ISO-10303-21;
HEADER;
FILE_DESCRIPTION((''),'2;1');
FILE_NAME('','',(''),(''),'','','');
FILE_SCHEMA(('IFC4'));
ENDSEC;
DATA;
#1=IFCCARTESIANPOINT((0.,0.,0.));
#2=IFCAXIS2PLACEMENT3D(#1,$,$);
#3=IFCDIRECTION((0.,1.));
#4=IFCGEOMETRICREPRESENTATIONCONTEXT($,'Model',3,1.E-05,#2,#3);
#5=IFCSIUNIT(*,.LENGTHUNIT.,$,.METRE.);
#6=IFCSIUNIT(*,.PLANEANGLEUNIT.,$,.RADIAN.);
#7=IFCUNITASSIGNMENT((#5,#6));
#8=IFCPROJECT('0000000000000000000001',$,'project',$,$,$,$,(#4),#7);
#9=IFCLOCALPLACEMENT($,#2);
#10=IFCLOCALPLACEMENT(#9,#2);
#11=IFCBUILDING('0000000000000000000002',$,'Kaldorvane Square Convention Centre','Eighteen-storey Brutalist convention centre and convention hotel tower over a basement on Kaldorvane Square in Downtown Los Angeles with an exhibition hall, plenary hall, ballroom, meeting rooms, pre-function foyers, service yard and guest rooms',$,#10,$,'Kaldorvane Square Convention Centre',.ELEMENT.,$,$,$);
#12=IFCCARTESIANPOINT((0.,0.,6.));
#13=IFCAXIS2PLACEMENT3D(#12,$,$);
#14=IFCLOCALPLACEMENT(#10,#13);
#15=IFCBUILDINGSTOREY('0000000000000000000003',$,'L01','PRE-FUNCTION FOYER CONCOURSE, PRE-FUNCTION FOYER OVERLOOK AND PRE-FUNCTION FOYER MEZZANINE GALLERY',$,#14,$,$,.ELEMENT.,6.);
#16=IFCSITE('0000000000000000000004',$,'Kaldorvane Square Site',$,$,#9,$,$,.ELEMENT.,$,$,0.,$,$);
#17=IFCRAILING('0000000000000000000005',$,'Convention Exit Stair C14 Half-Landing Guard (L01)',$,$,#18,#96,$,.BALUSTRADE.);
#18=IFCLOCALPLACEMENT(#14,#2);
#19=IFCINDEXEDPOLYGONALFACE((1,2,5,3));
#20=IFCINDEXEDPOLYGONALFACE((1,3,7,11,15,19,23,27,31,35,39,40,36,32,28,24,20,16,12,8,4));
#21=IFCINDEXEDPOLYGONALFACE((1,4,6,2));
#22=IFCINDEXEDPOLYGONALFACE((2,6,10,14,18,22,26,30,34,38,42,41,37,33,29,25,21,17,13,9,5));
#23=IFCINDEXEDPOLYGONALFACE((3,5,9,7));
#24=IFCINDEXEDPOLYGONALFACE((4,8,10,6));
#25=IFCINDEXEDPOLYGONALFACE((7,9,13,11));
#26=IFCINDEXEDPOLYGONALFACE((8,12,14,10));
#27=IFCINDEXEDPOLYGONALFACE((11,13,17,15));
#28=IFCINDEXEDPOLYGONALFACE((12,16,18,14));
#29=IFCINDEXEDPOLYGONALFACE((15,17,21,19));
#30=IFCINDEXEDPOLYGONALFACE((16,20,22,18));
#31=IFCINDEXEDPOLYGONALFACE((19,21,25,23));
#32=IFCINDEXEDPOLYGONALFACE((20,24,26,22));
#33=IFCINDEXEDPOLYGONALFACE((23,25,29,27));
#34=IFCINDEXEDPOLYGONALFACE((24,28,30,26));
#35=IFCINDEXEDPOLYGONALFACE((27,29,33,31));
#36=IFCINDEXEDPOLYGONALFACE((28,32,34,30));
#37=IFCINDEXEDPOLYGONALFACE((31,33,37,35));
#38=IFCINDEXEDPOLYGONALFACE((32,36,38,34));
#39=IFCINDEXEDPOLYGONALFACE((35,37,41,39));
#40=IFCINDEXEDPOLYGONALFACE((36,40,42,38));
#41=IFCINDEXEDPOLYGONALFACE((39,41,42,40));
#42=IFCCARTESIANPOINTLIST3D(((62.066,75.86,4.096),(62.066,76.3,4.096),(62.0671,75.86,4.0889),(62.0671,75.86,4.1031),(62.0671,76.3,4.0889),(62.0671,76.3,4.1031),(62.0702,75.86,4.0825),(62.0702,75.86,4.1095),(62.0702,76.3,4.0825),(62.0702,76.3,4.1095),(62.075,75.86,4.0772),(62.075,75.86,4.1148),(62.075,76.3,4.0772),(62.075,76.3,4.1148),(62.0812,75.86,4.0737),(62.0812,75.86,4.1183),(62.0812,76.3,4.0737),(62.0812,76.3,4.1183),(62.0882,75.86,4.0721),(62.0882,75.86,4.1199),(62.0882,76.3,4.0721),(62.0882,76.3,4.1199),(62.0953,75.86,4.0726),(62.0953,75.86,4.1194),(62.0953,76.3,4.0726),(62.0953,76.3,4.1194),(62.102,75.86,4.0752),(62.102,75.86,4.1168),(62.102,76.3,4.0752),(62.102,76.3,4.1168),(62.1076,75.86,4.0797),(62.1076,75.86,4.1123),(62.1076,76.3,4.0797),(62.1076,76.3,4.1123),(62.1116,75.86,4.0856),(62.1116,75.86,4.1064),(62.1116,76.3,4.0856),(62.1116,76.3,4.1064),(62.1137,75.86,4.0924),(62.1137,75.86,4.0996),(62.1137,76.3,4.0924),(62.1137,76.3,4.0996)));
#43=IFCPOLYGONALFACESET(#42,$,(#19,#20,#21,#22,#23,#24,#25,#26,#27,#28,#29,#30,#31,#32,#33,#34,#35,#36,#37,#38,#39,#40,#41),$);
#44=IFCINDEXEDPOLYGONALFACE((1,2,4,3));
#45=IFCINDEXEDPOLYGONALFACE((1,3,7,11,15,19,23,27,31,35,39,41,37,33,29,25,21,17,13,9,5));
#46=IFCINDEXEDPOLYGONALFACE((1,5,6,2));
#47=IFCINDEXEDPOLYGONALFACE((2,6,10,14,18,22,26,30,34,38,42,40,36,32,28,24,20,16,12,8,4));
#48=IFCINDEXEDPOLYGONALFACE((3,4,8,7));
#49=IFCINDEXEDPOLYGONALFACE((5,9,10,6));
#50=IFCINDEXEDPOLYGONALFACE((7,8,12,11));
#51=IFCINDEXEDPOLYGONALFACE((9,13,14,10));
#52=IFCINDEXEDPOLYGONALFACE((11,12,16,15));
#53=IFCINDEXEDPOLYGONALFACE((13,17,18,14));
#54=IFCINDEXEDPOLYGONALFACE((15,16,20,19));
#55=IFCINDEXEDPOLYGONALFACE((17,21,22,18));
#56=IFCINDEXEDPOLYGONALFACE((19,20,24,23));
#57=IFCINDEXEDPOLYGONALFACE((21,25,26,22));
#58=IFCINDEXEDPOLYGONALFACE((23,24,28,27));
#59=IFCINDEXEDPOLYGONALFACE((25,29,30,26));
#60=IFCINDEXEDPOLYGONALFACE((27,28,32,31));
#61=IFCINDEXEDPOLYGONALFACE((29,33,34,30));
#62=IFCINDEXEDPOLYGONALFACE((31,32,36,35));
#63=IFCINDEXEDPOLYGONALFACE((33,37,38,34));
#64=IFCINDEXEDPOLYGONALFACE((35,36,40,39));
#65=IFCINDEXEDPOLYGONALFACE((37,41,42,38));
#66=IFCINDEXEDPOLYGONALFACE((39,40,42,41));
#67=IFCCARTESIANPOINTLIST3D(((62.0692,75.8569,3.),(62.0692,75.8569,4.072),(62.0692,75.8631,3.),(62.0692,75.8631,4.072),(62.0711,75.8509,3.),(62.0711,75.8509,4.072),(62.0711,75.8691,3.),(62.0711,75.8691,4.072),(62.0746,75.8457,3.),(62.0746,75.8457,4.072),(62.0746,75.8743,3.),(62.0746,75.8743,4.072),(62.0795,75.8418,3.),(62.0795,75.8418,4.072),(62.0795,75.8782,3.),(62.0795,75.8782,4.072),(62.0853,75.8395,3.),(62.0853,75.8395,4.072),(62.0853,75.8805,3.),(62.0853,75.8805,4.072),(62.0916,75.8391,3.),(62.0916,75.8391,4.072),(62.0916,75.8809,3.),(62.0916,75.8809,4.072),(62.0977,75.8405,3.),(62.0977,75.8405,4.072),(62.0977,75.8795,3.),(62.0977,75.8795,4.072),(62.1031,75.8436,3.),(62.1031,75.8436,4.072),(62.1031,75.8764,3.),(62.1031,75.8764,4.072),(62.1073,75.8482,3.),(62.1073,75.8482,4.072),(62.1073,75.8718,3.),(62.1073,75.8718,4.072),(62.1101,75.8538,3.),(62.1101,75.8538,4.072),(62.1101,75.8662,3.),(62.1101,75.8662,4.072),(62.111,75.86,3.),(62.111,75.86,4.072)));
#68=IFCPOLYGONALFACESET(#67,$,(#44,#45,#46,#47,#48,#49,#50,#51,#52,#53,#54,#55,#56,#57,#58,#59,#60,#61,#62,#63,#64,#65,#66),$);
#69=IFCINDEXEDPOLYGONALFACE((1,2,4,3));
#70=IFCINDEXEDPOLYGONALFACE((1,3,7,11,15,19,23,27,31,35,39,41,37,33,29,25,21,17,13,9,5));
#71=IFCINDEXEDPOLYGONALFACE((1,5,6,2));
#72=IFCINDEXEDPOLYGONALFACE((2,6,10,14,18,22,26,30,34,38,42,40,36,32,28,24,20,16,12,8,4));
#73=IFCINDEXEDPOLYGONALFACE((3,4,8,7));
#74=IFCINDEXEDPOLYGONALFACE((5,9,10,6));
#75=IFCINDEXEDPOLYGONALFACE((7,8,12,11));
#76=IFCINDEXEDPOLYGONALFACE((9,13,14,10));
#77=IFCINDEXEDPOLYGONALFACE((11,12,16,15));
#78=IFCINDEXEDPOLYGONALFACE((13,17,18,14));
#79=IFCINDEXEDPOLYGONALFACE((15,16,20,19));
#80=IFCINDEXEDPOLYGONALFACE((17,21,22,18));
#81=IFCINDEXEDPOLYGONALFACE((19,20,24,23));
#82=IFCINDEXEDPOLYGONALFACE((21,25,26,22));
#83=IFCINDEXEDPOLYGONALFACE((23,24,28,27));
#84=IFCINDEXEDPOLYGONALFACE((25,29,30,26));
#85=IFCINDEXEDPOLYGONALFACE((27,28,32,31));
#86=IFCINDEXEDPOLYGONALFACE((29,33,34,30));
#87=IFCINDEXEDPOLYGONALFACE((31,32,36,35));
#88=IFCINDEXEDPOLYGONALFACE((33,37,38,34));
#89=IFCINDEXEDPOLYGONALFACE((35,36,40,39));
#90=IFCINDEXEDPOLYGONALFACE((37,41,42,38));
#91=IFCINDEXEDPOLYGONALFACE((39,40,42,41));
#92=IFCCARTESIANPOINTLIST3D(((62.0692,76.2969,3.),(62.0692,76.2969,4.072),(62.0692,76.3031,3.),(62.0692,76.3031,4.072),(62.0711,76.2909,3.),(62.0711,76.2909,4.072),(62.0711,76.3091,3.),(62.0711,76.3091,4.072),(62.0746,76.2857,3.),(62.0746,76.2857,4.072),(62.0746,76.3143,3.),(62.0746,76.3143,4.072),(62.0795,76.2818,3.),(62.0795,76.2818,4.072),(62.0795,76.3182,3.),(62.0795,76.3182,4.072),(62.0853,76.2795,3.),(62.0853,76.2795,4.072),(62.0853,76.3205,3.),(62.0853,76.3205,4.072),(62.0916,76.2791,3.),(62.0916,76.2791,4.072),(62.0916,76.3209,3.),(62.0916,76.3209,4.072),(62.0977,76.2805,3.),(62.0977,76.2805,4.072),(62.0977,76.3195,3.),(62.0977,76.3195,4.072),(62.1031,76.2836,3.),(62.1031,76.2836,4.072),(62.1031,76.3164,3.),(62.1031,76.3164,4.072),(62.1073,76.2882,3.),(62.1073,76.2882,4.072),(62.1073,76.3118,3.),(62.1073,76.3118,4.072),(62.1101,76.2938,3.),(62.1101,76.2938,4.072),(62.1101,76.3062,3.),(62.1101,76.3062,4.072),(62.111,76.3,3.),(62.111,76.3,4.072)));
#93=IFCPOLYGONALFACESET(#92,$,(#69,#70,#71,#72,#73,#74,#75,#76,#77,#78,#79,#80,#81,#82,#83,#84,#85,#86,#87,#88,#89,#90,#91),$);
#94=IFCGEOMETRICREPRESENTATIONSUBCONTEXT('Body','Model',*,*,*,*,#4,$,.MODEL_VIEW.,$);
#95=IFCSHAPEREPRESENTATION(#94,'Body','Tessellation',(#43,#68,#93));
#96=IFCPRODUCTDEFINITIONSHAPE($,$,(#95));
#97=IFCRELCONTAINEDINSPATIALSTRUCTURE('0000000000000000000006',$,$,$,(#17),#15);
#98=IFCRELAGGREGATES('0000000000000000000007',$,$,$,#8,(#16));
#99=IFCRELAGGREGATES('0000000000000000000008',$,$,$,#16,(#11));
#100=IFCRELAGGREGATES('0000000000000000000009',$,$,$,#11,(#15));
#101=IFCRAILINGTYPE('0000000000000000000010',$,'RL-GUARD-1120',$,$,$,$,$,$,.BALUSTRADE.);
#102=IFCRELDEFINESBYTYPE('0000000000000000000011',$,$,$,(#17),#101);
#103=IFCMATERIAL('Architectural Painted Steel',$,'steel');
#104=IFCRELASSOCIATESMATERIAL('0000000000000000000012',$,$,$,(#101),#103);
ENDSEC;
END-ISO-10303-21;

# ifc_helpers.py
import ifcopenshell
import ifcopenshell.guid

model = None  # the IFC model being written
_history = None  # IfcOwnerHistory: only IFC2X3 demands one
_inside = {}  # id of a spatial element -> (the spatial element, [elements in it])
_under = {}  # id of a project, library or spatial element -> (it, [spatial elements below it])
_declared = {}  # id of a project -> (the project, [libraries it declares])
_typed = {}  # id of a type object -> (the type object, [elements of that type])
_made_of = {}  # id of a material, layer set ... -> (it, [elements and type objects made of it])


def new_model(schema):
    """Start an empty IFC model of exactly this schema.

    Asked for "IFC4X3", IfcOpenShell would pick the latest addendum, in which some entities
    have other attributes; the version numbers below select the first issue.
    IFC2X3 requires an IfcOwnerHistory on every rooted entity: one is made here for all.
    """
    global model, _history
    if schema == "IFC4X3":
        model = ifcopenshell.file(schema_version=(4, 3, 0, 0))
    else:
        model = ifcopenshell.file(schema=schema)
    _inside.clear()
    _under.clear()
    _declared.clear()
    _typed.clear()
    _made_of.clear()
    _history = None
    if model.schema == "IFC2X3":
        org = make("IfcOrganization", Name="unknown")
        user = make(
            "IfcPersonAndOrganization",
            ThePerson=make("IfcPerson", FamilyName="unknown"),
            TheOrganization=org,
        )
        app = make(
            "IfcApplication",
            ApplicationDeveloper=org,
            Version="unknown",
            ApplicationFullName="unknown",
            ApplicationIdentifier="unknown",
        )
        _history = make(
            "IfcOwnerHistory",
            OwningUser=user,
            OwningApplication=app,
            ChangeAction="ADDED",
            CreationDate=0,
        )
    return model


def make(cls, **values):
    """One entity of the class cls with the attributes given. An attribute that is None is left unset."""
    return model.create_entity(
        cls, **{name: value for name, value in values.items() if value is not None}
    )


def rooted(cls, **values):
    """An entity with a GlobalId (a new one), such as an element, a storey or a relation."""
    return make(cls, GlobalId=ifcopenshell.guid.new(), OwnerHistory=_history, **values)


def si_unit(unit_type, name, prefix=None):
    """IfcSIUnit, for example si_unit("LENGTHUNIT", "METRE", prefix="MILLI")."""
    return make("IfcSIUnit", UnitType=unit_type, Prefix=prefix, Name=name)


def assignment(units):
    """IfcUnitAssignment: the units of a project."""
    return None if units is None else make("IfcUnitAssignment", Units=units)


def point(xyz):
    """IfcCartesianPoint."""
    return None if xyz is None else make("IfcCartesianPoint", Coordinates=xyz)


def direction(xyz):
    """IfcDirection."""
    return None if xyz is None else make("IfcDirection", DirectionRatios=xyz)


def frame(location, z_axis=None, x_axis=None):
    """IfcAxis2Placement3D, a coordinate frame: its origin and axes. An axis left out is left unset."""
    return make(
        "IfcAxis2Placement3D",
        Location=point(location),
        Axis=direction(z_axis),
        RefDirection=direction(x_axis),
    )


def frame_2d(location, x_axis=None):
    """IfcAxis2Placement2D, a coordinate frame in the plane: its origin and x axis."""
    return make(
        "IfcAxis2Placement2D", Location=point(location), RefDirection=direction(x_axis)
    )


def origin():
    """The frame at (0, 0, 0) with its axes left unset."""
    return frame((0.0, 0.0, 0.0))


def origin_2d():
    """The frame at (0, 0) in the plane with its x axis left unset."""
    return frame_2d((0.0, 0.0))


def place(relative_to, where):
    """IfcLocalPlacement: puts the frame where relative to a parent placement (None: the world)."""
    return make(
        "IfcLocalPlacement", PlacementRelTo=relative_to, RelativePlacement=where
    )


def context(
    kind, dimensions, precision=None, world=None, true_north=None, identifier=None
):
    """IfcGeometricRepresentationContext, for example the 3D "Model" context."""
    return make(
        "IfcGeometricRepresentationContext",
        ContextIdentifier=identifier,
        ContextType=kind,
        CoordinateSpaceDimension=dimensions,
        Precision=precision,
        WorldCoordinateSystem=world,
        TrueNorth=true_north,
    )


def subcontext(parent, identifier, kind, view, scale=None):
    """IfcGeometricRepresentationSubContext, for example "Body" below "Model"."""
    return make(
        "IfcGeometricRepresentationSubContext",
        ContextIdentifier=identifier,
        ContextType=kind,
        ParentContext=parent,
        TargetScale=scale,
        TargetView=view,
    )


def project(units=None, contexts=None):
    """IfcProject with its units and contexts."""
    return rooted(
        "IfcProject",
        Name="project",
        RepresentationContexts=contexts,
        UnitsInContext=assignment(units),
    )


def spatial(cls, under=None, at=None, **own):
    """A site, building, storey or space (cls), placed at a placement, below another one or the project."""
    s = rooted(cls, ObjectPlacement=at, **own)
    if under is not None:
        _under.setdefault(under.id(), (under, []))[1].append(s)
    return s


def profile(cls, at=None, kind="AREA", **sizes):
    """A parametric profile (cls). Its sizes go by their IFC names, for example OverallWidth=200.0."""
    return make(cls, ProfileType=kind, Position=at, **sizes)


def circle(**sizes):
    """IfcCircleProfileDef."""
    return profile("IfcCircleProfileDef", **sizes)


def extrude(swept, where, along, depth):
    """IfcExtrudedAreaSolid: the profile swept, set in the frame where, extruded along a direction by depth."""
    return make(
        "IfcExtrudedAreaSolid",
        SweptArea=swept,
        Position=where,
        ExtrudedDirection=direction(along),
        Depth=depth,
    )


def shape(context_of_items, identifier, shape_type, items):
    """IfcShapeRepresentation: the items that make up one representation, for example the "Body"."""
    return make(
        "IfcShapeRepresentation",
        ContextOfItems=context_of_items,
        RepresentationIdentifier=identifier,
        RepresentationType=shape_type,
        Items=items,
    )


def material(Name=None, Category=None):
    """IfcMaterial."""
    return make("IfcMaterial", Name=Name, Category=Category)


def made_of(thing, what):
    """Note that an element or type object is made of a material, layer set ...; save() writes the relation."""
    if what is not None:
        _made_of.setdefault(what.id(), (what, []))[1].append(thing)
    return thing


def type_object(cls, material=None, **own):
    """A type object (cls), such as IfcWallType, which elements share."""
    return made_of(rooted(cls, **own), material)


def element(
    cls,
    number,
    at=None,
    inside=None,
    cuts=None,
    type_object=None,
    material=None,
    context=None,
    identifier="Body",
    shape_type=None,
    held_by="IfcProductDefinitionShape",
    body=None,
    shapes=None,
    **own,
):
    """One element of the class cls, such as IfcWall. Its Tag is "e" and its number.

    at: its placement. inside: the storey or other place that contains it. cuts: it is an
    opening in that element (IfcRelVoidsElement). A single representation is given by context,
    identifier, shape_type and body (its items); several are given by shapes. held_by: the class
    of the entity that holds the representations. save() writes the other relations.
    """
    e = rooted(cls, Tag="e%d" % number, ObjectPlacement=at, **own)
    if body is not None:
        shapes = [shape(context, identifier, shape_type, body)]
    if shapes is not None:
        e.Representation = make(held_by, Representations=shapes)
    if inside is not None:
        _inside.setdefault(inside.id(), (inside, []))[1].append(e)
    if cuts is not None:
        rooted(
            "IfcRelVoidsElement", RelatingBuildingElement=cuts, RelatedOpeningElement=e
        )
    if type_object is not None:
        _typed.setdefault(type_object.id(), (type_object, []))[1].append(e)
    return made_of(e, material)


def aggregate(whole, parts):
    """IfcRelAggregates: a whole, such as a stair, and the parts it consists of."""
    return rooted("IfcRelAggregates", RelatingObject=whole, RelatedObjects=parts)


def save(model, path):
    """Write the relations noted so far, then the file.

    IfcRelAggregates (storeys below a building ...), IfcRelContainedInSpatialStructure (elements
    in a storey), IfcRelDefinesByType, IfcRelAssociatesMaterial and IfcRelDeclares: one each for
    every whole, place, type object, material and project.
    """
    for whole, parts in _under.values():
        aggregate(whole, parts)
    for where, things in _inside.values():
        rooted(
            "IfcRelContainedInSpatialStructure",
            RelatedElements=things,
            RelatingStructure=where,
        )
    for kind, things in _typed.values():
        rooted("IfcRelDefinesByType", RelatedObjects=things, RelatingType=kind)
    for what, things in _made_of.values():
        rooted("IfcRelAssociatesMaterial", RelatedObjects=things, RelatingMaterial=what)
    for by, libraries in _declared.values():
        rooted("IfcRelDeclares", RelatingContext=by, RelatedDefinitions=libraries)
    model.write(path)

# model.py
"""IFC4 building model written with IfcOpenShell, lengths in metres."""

from ifc_helpers import new_model, si_unit, direction, frame, origin, origin_2d, place, context, subcontext, project, spatial, circle, extrude, material, type_object, element, save


model = new_model("IFC4")

# Units and contexts
model_context = context("Model", 3, precision=1e-05, world=origin(), true_north=direction((0.0, 1.0)))
body_context = subcontext(model_context, "Body", "Model", "MODEL_VIEW")
ifc_project = project(units=[si_unit("LENGTHUNIT", "METRE"), si_unit("PLANEANGLEUNIT", "RADIAN")], contexts=[model_context])

# Site, building, storey
site_placement = place(None, origin())
site = spatial("IfcSite", under=ifc_project, at=site_placement, Name="Kaldorvane Square Site", CompositionType="ELEMENT", RefElevation=0.0)
building_placement = place(site_placement, origin())
building = spatial("IfcBuilding", under=site, at=building_placement, Name="Kaldorvane Square Convention Centre", Description="Eighteen-storey Brutalist convention centre and convention hotel tower over a basement on Kaldorvane Square in Downtown Los Angeles with an exhibition hall, plenary hall, ballroom, meeting rooms, pre-function foyers, service yard and guest rooms", LongName="Kaldorvane Square Convention Centre", CompositionType="ELEMENT")
storey_placement = place(building_placement, frame((0.0, 0.0, 6.0)))
storey = spatial("IfcBuildingStorey", under=building, at=storey_placement, Name="L01", Description="PRE-FUNCTION FOYER CONCOURSE, PRE-FUNCTION FOYER OVERLOOK AND PRE-FUNCTION FOYER MEZZANINE GALLERY", CompositionType="ELEMENT", Elevation=6.0)

# Railing
ifc_material_1 = material(Name="Architectural Painted Steel", Category="steel")
railing_type_1 = type_object("IfcRailingType", Name="RL-GUARD-1120", PredefinedType="BALUSTRADE", material=ifc_material_1)
railing_1_placement = place(storey_placement, frame((62.09, 75.86, 3.0)))
element("IfcRailing", 1, at=railing_1_placement, inside=storey, type_object=railing_type_1, Name="Convention Exit Stair C14 Half-Landing Guard (L01)", PredefinedType="BALUSTRADE", context=body_context, shape_type="SweptSolid", body=[
    extrude(circle(Radius=0.024, at=origin_2d()), frame((0.0, 0.0, 1.096), z_axis=(0.0, 1.0, 0.0), x_axis=(-1.0, 0.0, 0.0)), (0.0, 0.0, 1.0), 0.44),
    extrude(circle(Radius=0.021, at=origin_2d()), origin(), (0.0, 0.0, 1.0), 1.072),
    extrude(circle(Radius=0.021, at=origin_2d()), frame((0.0, 0.44, 0.0)), (0.0, 0.0, 1.0), 1.072),
])

save(model, "model.ifc")
